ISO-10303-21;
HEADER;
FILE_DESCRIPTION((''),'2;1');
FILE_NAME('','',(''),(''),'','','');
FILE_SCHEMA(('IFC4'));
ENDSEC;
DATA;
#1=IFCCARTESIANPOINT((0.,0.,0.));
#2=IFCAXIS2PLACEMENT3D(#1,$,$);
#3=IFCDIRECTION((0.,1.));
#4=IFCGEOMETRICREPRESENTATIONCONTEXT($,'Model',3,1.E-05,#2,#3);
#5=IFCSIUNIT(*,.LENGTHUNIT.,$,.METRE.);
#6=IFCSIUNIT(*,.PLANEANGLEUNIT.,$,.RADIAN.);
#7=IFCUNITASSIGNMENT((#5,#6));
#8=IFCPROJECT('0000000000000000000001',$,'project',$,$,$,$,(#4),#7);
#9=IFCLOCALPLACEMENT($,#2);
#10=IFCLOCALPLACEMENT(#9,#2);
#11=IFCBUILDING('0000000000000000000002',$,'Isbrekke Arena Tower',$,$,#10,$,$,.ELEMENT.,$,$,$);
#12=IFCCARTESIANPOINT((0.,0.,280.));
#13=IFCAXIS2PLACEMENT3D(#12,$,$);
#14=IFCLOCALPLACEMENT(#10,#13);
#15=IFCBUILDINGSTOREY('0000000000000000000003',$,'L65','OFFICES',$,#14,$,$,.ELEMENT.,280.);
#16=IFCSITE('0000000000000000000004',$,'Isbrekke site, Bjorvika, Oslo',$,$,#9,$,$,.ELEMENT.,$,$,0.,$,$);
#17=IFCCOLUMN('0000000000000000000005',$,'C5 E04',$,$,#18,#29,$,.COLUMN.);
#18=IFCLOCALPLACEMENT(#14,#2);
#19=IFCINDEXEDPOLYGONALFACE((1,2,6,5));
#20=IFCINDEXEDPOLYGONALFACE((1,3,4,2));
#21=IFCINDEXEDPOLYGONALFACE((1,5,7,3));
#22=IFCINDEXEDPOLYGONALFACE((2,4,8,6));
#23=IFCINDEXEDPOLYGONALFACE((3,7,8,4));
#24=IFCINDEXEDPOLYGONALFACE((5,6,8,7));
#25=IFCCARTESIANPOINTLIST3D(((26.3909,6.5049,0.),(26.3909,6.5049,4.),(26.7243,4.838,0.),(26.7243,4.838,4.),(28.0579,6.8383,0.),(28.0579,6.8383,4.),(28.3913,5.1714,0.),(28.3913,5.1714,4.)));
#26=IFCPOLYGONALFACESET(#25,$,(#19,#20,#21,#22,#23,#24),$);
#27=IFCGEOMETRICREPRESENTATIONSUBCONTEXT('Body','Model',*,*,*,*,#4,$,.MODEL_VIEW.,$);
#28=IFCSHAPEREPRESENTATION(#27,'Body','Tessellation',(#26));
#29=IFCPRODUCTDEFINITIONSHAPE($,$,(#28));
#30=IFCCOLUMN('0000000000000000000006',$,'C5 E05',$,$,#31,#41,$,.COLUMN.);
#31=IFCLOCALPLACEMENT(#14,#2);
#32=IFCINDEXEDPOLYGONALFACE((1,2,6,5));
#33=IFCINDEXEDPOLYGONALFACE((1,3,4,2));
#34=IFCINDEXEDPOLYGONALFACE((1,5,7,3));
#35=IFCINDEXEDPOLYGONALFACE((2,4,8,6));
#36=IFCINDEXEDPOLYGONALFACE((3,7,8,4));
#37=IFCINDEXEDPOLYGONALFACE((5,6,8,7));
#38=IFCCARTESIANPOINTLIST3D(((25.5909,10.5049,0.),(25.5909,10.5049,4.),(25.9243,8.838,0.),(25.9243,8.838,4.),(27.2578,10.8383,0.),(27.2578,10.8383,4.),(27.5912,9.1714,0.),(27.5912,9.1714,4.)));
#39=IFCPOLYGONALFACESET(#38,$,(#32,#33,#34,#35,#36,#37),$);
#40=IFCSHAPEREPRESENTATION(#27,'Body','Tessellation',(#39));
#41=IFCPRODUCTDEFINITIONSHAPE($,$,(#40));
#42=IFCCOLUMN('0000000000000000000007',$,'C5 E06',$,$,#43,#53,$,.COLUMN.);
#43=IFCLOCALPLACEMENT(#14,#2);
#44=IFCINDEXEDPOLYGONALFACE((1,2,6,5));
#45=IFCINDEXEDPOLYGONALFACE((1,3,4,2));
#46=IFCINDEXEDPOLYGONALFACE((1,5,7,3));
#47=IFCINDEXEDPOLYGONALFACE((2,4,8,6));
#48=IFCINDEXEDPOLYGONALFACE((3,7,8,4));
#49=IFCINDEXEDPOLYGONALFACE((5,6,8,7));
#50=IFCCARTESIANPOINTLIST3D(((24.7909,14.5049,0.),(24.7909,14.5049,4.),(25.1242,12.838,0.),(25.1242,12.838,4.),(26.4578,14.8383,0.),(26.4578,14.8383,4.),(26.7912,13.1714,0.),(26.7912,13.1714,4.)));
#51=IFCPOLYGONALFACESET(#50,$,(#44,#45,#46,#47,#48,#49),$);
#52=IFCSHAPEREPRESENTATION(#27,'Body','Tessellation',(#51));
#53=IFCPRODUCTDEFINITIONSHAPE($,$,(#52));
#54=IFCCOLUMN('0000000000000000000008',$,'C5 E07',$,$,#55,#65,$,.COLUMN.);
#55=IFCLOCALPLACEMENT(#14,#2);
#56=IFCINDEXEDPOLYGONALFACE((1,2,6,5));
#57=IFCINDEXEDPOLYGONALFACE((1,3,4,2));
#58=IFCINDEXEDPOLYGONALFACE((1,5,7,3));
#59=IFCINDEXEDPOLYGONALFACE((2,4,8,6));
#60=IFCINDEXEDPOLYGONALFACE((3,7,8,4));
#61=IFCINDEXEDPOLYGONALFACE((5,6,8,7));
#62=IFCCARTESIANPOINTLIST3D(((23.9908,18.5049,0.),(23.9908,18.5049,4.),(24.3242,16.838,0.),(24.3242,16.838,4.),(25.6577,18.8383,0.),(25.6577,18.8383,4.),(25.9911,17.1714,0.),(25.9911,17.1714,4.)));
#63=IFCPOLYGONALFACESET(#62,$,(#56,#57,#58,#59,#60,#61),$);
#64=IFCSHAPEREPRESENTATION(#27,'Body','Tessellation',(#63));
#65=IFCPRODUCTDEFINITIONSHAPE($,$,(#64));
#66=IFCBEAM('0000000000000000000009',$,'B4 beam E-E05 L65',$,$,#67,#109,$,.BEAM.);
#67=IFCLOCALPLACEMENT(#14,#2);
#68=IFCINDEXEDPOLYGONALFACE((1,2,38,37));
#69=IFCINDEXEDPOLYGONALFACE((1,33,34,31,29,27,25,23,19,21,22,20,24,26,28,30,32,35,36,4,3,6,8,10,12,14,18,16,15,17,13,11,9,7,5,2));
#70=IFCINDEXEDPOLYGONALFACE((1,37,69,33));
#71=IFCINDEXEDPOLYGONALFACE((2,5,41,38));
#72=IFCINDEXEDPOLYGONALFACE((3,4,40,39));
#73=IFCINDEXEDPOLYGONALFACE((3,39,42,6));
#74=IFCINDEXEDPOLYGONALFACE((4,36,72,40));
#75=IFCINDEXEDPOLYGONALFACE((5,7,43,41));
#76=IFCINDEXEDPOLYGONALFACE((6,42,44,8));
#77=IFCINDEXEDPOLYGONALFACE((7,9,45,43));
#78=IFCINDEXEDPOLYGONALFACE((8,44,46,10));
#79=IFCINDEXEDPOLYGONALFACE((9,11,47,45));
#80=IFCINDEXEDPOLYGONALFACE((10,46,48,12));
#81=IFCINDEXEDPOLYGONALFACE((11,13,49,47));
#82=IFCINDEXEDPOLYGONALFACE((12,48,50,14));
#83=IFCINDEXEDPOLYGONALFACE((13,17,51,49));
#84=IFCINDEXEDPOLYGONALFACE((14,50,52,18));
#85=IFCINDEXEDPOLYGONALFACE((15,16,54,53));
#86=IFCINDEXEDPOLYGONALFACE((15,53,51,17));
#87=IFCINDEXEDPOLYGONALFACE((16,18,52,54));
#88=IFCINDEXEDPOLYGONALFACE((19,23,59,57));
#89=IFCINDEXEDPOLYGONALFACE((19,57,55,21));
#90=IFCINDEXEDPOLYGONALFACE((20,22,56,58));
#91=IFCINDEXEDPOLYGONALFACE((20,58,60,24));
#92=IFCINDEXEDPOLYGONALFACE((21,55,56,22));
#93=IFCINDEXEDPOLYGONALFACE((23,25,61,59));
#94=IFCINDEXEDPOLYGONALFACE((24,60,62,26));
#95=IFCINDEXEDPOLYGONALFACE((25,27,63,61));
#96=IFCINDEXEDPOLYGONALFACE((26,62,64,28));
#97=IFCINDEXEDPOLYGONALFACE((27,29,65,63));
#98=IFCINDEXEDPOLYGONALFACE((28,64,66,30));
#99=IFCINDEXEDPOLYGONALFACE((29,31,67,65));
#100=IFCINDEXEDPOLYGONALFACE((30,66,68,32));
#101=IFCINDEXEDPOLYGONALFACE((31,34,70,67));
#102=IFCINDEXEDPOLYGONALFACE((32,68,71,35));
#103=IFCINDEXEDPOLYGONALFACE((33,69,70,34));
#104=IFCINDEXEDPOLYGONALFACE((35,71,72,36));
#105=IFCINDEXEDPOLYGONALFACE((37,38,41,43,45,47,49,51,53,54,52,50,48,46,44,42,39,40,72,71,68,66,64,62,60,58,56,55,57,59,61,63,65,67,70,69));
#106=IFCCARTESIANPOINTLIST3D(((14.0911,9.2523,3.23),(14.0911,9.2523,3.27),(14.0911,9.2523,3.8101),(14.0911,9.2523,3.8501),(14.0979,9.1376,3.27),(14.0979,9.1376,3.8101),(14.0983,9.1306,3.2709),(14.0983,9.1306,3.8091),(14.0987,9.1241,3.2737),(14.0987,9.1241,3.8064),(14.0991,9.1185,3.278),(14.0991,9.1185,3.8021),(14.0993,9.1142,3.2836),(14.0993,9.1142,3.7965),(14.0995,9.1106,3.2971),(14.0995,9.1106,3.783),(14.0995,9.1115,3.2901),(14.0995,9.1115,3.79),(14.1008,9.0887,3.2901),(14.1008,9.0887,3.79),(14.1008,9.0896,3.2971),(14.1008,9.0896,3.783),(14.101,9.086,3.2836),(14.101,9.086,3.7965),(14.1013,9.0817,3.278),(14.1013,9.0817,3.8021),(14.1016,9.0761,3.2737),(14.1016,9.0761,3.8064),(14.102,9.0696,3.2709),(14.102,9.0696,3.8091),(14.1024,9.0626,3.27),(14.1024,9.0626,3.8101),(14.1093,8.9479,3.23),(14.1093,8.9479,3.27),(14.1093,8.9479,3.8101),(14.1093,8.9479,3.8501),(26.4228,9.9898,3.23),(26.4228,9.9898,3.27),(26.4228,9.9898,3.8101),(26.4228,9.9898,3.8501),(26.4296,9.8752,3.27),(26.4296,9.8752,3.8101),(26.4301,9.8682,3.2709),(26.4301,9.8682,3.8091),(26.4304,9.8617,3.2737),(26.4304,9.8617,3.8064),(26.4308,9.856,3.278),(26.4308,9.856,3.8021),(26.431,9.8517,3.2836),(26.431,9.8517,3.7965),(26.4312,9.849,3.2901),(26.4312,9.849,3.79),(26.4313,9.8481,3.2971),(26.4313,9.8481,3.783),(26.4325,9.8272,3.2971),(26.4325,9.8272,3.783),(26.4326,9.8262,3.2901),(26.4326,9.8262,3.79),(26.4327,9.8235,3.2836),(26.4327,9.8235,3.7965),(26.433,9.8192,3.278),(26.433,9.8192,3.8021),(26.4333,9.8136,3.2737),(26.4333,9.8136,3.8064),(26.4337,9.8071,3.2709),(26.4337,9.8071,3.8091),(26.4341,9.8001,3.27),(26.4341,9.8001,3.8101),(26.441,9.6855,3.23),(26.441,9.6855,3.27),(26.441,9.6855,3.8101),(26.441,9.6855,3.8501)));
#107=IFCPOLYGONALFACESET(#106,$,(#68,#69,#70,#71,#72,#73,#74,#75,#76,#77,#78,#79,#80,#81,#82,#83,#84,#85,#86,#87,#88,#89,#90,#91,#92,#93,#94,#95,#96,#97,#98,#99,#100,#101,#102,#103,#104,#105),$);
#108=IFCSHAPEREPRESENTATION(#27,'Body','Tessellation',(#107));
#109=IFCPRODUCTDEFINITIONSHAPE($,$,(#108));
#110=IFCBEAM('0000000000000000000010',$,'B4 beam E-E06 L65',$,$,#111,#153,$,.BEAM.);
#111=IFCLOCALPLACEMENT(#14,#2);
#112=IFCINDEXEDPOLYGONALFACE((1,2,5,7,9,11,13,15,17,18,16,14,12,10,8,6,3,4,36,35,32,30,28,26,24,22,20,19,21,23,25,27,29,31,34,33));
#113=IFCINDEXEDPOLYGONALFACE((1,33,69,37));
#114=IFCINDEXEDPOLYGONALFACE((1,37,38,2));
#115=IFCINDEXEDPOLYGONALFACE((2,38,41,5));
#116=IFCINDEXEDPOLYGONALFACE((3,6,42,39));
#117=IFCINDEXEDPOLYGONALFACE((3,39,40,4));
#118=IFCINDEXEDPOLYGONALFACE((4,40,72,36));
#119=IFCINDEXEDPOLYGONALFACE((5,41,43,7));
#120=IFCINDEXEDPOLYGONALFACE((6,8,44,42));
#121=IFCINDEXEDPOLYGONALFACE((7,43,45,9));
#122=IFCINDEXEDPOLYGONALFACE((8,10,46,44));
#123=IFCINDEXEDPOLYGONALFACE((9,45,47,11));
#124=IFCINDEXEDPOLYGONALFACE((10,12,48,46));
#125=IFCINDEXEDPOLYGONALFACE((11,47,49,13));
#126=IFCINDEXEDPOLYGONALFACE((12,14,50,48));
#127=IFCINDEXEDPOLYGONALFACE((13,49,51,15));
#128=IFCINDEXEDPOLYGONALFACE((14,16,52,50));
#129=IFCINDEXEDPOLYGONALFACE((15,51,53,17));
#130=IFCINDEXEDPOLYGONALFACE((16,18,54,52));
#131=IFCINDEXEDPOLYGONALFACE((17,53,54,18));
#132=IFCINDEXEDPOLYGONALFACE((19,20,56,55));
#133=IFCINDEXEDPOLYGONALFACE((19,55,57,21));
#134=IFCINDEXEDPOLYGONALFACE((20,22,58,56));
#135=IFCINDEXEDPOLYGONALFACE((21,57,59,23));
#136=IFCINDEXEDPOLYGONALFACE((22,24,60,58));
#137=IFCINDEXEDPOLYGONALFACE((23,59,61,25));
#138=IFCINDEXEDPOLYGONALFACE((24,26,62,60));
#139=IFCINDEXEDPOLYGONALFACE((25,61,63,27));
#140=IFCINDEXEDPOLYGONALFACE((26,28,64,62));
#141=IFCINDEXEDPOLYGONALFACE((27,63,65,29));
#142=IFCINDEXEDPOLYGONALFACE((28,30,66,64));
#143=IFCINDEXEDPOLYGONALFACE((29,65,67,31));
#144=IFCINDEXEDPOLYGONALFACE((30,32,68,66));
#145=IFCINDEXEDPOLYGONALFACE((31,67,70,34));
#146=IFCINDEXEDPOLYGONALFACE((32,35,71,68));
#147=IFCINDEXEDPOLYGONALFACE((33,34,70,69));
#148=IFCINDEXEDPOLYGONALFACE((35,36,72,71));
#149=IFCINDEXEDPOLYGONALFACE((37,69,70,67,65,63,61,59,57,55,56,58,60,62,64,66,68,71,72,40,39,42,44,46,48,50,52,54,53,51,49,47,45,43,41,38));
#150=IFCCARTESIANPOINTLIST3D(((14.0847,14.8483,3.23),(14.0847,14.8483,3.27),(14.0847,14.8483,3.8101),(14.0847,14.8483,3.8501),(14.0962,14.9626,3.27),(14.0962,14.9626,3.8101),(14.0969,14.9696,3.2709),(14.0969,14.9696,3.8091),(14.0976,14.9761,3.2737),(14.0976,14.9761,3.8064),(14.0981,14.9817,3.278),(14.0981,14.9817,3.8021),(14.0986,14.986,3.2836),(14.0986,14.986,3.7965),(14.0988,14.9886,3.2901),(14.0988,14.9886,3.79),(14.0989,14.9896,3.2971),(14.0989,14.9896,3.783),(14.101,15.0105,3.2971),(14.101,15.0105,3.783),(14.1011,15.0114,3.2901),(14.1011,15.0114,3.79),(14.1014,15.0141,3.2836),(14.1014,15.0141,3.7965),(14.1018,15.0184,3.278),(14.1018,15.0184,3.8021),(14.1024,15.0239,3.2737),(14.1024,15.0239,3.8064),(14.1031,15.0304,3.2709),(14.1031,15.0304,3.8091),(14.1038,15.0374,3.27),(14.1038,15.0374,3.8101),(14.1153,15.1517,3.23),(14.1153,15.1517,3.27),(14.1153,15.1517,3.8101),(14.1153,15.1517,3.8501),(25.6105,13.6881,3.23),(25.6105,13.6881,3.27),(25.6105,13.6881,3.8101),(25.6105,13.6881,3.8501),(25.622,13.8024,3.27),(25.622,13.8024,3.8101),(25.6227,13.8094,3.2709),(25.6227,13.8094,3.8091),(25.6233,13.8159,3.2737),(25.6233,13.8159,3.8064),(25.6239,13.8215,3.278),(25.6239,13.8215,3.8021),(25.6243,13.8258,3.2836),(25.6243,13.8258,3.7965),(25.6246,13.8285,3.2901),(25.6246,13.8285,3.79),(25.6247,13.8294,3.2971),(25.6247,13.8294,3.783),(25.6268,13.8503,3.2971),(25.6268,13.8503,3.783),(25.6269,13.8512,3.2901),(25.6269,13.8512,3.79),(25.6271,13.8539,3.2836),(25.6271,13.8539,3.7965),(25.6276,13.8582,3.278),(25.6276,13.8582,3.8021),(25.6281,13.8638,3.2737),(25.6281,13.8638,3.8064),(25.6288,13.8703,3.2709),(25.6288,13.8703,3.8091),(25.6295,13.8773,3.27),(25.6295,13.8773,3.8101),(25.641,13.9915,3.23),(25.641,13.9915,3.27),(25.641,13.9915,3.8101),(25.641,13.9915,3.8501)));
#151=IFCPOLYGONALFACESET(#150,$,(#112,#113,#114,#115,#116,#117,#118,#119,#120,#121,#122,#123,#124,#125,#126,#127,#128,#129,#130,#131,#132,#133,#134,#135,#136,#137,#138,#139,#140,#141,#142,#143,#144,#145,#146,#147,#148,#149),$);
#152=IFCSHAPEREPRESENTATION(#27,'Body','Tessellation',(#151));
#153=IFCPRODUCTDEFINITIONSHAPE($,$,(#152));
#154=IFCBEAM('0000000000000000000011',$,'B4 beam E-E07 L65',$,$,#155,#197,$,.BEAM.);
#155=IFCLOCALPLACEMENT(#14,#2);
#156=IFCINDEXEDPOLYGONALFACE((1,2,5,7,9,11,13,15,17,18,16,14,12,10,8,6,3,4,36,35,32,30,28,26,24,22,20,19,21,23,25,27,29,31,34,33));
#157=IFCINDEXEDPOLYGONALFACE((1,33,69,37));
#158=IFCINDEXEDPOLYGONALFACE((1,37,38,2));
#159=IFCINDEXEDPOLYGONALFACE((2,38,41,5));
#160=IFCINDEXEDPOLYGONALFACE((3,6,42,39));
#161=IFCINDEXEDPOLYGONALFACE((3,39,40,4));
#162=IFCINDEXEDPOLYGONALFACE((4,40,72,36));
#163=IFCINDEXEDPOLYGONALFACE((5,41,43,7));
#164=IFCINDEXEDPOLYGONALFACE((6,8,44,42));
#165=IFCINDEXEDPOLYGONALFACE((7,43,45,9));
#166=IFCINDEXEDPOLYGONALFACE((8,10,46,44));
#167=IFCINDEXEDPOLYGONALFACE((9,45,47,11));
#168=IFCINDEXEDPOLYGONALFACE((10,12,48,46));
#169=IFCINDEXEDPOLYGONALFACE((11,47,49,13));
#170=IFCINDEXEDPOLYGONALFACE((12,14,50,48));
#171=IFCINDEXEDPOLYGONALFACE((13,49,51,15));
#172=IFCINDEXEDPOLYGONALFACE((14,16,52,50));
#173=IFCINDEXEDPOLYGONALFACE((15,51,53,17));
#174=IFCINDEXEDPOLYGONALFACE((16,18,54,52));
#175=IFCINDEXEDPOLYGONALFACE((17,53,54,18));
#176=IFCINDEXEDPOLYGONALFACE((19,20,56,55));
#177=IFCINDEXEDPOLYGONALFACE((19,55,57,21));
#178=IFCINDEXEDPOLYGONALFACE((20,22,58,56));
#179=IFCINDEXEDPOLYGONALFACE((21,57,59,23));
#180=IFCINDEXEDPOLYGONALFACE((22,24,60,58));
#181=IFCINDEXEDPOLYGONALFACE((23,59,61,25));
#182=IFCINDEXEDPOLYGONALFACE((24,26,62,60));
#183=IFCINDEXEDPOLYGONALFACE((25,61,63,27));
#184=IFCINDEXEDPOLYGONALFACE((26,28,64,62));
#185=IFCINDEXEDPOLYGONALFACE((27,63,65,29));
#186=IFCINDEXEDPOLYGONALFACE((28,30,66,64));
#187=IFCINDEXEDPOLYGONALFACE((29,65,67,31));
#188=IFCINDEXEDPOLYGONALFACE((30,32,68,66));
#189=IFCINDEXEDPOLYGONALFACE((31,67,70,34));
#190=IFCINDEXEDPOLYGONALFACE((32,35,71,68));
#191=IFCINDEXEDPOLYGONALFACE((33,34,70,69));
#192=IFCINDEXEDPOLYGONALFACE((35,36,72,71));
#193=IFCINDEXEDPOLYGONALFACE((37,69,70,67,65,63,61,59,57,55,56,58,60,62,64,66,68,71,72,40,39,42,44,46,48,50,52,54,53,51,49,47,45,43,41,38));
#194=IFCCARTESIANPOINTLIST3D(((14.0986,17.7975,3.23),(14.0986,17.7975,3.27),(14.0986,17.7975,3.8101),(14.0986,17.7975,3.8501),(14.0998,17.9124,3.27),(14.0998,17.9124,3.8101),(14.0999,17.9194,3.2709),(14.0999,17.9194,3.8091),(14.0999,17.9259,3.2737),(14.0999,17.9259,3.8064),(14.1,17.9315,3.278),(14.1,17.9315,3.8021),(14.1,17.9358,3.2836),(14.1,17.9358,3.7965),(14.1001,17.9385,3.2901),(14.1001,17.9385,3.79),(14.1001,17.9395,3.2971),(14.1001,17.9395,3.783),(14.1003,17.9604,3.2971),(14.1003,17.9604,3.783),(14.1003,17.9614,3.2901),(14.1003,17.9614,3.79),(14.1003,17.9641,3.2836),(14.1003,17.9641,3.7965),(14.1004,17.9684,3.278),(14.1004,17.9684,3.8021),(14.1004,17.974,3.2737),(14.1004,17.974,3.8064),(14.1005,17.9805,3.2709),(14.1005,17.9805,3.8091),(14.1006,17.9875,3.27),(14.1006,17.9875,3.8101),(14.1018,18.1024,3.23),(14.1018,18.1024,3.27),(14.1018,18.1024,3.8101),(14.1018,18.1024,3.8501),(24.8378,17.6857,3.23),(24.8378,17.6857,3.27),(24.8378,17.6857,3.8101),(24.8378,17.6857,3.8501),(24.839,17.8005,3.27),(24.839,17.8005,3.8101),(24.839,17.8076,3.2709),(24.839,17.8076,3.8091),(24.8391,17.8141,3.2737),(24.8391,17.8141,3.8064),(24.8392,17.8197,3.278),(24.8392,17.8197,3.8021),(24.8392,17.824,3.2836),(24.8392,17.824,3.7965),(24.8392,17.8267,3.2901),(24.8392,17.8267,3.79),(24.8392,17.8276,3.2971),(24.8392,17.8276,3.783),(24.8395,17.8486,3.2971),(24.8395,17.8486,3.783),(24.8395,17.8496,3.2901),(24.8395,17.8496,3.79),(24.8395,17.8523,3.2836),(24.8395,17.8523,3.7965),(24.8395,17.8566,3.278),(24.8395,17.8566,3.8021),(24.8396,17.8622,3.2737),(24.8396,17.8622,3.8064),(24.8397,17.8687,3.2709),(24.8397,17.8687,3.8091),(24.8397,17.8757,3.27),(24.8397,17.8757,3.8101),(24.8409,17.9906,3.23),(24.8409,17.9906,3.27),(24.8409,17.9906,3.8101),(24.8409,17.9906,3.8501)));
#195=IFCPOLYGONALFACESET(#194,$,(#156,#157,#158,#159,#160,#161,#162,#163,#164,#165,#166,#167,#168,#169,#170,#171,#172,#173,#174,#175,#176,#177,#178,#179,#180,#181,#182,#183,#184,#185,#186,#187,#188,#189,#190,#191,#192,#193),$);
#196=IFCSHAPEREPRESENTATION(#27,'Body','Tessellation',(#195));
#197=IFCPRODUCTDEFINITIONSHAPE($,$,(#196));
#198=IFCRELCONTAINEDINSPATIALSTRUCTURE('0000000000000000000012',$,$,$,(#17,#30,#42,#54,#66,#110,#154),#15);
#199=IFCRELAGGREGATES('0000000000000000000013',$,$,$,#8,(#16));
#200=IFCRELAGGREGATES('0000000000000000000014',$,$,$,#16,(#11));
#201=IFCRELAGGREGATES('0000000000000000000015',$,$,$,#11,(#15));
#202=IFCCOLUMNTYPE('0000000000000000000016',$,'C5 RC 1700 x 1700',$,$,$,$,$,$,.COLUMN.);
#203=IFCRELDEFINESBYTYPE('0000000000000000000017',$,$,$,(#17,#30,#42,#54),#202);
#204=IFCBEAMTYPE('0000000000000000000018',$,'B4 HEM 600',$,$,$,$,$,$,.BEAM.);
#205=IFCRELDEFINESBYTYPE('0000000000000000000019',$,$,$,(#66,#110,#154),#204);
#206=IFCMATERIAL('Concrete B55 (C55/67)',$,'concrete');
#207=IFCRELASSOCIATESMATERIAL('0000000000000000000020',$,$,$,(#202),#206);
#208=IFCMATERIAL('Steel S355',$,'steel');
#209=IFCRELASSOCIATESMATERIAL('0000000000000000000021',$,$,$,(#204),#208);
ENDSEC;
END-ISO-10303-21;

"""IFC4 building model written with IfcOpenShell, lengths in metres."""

from ifc_helpers import new_model, si_unit, direction, frame, origin, origin_2d, place, context, subcontext, project, spatial, rectangle, i_section, extrude, material, material_profile, profile_set, type_object, element, save


model = new_model("IFC4")

# Units and contexts
model_context = context("Model", 3, precision=1e-05, world=origin(), true_north=direction((0.0, 1.0)))
body_context = subcontext(model_context, "Body", "Model", "MODEL_VIEW")
ifc_project = project(units=[si_unit("LENGTHUNIT", "METRE"), si_unit("PLANEANGLEUNIT", "RADIAN")], contexts=[model_context])

# Site, building, storey
site_placement = place(None, origin())
site = spatial("IfcSite", under=ifc_project, at=site_placement, Name="Isbrekke site, Bjorvika, Oslo", CompositionType="ELEMENT", RefElevation=0.0)
building_placement = place(site_placement, origin())
building = spatial("IfcBuilding", under=site, at=building_placement, Name="Isbrekke Arena Tower", CompositionType="ELEMENT")
storey_placement = place(building_placement, frame((0.0, 0.0, 280.0)))
storey = spatial("IfcBuildingStorey", under=building, at=storey_placement, Name="L65", Description="OFFICES", CompositionType="ELEMENT", Elevation=280.0)

# Columns
ifc_material_1 = material(Name="Concrete B55 (C55/67)", Category="concrete")
ifc_material_profile_1 = material_profile(ifc_material_1, rectangle(XDim=1.7, YDim=1.7, at=origin_2d()), Name="RC 1700x1700")
ifc_profile_set_1 = profile_set([ifc_material_profile_1], Name="Concrete B55 (C55/67)")
column_type = type_object("IfcColumnType", Name="C5 RC 1700 x 1700", PredefinedType="COLUMN", material=ifc_profile_set_1)
for number, where, z_axis, x_axis, name in (
    (1, (27.3911, 5.8381, 0.0), (0.0, 0.0, 1.0), (-0.196116, 0.980581, 0.0), "C5 E04"),
    (2, (26.5911, 9.8381, 0.0), (0.0, 0.0, 1.0), (-0.196116, 0.980581, 0.0), "C5 E05"),
    (3, (25.791, 13.8381, 0.0), (0.0, 0.0, 1.0), (-0.196116, 0.980581, 0.0), "C5 E06"),
    (4, (24.991, 17.8381, 0.0), (0.0, 0.0, 1.0), (-0.196116, 0.980581, 0.0), "C5 E07"),
):
    element("IfcColumn", number, at=place(storey_placement, frame(where, z_axis=z_axis, x_axis=x_axis)), inside=storey, type_object=column_type, Name=name, PredefinedType="COLUMN", context=body_context, shape_type="SweptSolid", body=[
        extrude(rectangle(XDim=1.7, YDim=1.7, at=origin_2d()), origin(), (0.0, 0.0, 1.0), 4.0),
    ])

# Beams
ifc_material_2 = material(Name="Steel S355", Category="steel")
ifc_material_profile_2 = material_profile(ifc_material_2, i_section(OverallWidth=0.3049, OverallDepth=0.6201, WebThickness=0.021, FlangeThickness=0.04, FilletRadius=0.0271, at=origin_2d()), Name="HEM 600")
ifc_profile_set_2 = profile_set([ifc_material_profile_2], Name="Steel S355")
beam_type_1 = type_object("IfcBeamType", Name="B4 HEM 600", PredefinedType="BEAM", material=ifc_profile_set_2)
beam_1_placement = place(storey_placement, frame((26.4319, 9.8376, 3.54), z_axis=(-0.998216, -0.059702, 0.0), x_axis=(0.059702, -0.998216, 0.0)))
element("IfcBeam", 5, at=beam_1_placement, inside=storey, type_object=beam_type_1, Name="B4 beam E-E05 L65", PredefinedType="BEAM", context=body_context, shape_type="SweptSolid", body=[
    extrude(i_section(OverallWidth=0.3049, OverallDepth=0.6201, WebThickness=0.021, FlangeThickness=0.04, FilletRadius=0.0271, at=origin_2d()), origin(), (0.0, 0.0, 1.0), 12.3538),
])
beam_2_placement = place(storey_placement, frame((25.6257, 13.8398, 3.54), z_axis=(-0.994972, 0.100153, 0.0), x_axis=(-0.100153, -0.994972, 0.0)))
element("IfcBeam", 6, at=beam_2_placement, inside=storey, type_object=beam_type_1, Name="B4 beam E-E06 L65", PredefinedType="BEAM", context=body_context, shape_type="SweptSolid", body=[
    extrude(i_section(OverallWidth=0.3049, OverallDepth=0.6201, WebThickness=0.021, FlangeThickness=0.04, FilletRadius=0.0271, at=origin_2d()), origin(), (0.0, 0.0, 1.0), 11.584),
])
beam_3_placement = place(storey_placement, frame((24.8394, 17.8381, 3.54), z_axis=(-0.999946, 0.010411, 0.0), x_axis=(-0.010411, -0.999946, 0.0)))
element("IfcBeam", 7, at=beam_3_placement, inside=storey, type_object=beam_type_1, Name="B4 beam E-E07 L65", PredefinedType="BEAM", context=body_context, shape_type="SweptSolid", body=[
    extrude(i_section(OverallWidth=0.3049, OverallDepth=0.6201, WebThickness=0.021, FlangeThickness=0.04, FilletRadius=0.0271, at=origin_2d()), origin(), (0.0, 0.0, 1.0), 10.7397),
])

save(model, "model.ifc")
